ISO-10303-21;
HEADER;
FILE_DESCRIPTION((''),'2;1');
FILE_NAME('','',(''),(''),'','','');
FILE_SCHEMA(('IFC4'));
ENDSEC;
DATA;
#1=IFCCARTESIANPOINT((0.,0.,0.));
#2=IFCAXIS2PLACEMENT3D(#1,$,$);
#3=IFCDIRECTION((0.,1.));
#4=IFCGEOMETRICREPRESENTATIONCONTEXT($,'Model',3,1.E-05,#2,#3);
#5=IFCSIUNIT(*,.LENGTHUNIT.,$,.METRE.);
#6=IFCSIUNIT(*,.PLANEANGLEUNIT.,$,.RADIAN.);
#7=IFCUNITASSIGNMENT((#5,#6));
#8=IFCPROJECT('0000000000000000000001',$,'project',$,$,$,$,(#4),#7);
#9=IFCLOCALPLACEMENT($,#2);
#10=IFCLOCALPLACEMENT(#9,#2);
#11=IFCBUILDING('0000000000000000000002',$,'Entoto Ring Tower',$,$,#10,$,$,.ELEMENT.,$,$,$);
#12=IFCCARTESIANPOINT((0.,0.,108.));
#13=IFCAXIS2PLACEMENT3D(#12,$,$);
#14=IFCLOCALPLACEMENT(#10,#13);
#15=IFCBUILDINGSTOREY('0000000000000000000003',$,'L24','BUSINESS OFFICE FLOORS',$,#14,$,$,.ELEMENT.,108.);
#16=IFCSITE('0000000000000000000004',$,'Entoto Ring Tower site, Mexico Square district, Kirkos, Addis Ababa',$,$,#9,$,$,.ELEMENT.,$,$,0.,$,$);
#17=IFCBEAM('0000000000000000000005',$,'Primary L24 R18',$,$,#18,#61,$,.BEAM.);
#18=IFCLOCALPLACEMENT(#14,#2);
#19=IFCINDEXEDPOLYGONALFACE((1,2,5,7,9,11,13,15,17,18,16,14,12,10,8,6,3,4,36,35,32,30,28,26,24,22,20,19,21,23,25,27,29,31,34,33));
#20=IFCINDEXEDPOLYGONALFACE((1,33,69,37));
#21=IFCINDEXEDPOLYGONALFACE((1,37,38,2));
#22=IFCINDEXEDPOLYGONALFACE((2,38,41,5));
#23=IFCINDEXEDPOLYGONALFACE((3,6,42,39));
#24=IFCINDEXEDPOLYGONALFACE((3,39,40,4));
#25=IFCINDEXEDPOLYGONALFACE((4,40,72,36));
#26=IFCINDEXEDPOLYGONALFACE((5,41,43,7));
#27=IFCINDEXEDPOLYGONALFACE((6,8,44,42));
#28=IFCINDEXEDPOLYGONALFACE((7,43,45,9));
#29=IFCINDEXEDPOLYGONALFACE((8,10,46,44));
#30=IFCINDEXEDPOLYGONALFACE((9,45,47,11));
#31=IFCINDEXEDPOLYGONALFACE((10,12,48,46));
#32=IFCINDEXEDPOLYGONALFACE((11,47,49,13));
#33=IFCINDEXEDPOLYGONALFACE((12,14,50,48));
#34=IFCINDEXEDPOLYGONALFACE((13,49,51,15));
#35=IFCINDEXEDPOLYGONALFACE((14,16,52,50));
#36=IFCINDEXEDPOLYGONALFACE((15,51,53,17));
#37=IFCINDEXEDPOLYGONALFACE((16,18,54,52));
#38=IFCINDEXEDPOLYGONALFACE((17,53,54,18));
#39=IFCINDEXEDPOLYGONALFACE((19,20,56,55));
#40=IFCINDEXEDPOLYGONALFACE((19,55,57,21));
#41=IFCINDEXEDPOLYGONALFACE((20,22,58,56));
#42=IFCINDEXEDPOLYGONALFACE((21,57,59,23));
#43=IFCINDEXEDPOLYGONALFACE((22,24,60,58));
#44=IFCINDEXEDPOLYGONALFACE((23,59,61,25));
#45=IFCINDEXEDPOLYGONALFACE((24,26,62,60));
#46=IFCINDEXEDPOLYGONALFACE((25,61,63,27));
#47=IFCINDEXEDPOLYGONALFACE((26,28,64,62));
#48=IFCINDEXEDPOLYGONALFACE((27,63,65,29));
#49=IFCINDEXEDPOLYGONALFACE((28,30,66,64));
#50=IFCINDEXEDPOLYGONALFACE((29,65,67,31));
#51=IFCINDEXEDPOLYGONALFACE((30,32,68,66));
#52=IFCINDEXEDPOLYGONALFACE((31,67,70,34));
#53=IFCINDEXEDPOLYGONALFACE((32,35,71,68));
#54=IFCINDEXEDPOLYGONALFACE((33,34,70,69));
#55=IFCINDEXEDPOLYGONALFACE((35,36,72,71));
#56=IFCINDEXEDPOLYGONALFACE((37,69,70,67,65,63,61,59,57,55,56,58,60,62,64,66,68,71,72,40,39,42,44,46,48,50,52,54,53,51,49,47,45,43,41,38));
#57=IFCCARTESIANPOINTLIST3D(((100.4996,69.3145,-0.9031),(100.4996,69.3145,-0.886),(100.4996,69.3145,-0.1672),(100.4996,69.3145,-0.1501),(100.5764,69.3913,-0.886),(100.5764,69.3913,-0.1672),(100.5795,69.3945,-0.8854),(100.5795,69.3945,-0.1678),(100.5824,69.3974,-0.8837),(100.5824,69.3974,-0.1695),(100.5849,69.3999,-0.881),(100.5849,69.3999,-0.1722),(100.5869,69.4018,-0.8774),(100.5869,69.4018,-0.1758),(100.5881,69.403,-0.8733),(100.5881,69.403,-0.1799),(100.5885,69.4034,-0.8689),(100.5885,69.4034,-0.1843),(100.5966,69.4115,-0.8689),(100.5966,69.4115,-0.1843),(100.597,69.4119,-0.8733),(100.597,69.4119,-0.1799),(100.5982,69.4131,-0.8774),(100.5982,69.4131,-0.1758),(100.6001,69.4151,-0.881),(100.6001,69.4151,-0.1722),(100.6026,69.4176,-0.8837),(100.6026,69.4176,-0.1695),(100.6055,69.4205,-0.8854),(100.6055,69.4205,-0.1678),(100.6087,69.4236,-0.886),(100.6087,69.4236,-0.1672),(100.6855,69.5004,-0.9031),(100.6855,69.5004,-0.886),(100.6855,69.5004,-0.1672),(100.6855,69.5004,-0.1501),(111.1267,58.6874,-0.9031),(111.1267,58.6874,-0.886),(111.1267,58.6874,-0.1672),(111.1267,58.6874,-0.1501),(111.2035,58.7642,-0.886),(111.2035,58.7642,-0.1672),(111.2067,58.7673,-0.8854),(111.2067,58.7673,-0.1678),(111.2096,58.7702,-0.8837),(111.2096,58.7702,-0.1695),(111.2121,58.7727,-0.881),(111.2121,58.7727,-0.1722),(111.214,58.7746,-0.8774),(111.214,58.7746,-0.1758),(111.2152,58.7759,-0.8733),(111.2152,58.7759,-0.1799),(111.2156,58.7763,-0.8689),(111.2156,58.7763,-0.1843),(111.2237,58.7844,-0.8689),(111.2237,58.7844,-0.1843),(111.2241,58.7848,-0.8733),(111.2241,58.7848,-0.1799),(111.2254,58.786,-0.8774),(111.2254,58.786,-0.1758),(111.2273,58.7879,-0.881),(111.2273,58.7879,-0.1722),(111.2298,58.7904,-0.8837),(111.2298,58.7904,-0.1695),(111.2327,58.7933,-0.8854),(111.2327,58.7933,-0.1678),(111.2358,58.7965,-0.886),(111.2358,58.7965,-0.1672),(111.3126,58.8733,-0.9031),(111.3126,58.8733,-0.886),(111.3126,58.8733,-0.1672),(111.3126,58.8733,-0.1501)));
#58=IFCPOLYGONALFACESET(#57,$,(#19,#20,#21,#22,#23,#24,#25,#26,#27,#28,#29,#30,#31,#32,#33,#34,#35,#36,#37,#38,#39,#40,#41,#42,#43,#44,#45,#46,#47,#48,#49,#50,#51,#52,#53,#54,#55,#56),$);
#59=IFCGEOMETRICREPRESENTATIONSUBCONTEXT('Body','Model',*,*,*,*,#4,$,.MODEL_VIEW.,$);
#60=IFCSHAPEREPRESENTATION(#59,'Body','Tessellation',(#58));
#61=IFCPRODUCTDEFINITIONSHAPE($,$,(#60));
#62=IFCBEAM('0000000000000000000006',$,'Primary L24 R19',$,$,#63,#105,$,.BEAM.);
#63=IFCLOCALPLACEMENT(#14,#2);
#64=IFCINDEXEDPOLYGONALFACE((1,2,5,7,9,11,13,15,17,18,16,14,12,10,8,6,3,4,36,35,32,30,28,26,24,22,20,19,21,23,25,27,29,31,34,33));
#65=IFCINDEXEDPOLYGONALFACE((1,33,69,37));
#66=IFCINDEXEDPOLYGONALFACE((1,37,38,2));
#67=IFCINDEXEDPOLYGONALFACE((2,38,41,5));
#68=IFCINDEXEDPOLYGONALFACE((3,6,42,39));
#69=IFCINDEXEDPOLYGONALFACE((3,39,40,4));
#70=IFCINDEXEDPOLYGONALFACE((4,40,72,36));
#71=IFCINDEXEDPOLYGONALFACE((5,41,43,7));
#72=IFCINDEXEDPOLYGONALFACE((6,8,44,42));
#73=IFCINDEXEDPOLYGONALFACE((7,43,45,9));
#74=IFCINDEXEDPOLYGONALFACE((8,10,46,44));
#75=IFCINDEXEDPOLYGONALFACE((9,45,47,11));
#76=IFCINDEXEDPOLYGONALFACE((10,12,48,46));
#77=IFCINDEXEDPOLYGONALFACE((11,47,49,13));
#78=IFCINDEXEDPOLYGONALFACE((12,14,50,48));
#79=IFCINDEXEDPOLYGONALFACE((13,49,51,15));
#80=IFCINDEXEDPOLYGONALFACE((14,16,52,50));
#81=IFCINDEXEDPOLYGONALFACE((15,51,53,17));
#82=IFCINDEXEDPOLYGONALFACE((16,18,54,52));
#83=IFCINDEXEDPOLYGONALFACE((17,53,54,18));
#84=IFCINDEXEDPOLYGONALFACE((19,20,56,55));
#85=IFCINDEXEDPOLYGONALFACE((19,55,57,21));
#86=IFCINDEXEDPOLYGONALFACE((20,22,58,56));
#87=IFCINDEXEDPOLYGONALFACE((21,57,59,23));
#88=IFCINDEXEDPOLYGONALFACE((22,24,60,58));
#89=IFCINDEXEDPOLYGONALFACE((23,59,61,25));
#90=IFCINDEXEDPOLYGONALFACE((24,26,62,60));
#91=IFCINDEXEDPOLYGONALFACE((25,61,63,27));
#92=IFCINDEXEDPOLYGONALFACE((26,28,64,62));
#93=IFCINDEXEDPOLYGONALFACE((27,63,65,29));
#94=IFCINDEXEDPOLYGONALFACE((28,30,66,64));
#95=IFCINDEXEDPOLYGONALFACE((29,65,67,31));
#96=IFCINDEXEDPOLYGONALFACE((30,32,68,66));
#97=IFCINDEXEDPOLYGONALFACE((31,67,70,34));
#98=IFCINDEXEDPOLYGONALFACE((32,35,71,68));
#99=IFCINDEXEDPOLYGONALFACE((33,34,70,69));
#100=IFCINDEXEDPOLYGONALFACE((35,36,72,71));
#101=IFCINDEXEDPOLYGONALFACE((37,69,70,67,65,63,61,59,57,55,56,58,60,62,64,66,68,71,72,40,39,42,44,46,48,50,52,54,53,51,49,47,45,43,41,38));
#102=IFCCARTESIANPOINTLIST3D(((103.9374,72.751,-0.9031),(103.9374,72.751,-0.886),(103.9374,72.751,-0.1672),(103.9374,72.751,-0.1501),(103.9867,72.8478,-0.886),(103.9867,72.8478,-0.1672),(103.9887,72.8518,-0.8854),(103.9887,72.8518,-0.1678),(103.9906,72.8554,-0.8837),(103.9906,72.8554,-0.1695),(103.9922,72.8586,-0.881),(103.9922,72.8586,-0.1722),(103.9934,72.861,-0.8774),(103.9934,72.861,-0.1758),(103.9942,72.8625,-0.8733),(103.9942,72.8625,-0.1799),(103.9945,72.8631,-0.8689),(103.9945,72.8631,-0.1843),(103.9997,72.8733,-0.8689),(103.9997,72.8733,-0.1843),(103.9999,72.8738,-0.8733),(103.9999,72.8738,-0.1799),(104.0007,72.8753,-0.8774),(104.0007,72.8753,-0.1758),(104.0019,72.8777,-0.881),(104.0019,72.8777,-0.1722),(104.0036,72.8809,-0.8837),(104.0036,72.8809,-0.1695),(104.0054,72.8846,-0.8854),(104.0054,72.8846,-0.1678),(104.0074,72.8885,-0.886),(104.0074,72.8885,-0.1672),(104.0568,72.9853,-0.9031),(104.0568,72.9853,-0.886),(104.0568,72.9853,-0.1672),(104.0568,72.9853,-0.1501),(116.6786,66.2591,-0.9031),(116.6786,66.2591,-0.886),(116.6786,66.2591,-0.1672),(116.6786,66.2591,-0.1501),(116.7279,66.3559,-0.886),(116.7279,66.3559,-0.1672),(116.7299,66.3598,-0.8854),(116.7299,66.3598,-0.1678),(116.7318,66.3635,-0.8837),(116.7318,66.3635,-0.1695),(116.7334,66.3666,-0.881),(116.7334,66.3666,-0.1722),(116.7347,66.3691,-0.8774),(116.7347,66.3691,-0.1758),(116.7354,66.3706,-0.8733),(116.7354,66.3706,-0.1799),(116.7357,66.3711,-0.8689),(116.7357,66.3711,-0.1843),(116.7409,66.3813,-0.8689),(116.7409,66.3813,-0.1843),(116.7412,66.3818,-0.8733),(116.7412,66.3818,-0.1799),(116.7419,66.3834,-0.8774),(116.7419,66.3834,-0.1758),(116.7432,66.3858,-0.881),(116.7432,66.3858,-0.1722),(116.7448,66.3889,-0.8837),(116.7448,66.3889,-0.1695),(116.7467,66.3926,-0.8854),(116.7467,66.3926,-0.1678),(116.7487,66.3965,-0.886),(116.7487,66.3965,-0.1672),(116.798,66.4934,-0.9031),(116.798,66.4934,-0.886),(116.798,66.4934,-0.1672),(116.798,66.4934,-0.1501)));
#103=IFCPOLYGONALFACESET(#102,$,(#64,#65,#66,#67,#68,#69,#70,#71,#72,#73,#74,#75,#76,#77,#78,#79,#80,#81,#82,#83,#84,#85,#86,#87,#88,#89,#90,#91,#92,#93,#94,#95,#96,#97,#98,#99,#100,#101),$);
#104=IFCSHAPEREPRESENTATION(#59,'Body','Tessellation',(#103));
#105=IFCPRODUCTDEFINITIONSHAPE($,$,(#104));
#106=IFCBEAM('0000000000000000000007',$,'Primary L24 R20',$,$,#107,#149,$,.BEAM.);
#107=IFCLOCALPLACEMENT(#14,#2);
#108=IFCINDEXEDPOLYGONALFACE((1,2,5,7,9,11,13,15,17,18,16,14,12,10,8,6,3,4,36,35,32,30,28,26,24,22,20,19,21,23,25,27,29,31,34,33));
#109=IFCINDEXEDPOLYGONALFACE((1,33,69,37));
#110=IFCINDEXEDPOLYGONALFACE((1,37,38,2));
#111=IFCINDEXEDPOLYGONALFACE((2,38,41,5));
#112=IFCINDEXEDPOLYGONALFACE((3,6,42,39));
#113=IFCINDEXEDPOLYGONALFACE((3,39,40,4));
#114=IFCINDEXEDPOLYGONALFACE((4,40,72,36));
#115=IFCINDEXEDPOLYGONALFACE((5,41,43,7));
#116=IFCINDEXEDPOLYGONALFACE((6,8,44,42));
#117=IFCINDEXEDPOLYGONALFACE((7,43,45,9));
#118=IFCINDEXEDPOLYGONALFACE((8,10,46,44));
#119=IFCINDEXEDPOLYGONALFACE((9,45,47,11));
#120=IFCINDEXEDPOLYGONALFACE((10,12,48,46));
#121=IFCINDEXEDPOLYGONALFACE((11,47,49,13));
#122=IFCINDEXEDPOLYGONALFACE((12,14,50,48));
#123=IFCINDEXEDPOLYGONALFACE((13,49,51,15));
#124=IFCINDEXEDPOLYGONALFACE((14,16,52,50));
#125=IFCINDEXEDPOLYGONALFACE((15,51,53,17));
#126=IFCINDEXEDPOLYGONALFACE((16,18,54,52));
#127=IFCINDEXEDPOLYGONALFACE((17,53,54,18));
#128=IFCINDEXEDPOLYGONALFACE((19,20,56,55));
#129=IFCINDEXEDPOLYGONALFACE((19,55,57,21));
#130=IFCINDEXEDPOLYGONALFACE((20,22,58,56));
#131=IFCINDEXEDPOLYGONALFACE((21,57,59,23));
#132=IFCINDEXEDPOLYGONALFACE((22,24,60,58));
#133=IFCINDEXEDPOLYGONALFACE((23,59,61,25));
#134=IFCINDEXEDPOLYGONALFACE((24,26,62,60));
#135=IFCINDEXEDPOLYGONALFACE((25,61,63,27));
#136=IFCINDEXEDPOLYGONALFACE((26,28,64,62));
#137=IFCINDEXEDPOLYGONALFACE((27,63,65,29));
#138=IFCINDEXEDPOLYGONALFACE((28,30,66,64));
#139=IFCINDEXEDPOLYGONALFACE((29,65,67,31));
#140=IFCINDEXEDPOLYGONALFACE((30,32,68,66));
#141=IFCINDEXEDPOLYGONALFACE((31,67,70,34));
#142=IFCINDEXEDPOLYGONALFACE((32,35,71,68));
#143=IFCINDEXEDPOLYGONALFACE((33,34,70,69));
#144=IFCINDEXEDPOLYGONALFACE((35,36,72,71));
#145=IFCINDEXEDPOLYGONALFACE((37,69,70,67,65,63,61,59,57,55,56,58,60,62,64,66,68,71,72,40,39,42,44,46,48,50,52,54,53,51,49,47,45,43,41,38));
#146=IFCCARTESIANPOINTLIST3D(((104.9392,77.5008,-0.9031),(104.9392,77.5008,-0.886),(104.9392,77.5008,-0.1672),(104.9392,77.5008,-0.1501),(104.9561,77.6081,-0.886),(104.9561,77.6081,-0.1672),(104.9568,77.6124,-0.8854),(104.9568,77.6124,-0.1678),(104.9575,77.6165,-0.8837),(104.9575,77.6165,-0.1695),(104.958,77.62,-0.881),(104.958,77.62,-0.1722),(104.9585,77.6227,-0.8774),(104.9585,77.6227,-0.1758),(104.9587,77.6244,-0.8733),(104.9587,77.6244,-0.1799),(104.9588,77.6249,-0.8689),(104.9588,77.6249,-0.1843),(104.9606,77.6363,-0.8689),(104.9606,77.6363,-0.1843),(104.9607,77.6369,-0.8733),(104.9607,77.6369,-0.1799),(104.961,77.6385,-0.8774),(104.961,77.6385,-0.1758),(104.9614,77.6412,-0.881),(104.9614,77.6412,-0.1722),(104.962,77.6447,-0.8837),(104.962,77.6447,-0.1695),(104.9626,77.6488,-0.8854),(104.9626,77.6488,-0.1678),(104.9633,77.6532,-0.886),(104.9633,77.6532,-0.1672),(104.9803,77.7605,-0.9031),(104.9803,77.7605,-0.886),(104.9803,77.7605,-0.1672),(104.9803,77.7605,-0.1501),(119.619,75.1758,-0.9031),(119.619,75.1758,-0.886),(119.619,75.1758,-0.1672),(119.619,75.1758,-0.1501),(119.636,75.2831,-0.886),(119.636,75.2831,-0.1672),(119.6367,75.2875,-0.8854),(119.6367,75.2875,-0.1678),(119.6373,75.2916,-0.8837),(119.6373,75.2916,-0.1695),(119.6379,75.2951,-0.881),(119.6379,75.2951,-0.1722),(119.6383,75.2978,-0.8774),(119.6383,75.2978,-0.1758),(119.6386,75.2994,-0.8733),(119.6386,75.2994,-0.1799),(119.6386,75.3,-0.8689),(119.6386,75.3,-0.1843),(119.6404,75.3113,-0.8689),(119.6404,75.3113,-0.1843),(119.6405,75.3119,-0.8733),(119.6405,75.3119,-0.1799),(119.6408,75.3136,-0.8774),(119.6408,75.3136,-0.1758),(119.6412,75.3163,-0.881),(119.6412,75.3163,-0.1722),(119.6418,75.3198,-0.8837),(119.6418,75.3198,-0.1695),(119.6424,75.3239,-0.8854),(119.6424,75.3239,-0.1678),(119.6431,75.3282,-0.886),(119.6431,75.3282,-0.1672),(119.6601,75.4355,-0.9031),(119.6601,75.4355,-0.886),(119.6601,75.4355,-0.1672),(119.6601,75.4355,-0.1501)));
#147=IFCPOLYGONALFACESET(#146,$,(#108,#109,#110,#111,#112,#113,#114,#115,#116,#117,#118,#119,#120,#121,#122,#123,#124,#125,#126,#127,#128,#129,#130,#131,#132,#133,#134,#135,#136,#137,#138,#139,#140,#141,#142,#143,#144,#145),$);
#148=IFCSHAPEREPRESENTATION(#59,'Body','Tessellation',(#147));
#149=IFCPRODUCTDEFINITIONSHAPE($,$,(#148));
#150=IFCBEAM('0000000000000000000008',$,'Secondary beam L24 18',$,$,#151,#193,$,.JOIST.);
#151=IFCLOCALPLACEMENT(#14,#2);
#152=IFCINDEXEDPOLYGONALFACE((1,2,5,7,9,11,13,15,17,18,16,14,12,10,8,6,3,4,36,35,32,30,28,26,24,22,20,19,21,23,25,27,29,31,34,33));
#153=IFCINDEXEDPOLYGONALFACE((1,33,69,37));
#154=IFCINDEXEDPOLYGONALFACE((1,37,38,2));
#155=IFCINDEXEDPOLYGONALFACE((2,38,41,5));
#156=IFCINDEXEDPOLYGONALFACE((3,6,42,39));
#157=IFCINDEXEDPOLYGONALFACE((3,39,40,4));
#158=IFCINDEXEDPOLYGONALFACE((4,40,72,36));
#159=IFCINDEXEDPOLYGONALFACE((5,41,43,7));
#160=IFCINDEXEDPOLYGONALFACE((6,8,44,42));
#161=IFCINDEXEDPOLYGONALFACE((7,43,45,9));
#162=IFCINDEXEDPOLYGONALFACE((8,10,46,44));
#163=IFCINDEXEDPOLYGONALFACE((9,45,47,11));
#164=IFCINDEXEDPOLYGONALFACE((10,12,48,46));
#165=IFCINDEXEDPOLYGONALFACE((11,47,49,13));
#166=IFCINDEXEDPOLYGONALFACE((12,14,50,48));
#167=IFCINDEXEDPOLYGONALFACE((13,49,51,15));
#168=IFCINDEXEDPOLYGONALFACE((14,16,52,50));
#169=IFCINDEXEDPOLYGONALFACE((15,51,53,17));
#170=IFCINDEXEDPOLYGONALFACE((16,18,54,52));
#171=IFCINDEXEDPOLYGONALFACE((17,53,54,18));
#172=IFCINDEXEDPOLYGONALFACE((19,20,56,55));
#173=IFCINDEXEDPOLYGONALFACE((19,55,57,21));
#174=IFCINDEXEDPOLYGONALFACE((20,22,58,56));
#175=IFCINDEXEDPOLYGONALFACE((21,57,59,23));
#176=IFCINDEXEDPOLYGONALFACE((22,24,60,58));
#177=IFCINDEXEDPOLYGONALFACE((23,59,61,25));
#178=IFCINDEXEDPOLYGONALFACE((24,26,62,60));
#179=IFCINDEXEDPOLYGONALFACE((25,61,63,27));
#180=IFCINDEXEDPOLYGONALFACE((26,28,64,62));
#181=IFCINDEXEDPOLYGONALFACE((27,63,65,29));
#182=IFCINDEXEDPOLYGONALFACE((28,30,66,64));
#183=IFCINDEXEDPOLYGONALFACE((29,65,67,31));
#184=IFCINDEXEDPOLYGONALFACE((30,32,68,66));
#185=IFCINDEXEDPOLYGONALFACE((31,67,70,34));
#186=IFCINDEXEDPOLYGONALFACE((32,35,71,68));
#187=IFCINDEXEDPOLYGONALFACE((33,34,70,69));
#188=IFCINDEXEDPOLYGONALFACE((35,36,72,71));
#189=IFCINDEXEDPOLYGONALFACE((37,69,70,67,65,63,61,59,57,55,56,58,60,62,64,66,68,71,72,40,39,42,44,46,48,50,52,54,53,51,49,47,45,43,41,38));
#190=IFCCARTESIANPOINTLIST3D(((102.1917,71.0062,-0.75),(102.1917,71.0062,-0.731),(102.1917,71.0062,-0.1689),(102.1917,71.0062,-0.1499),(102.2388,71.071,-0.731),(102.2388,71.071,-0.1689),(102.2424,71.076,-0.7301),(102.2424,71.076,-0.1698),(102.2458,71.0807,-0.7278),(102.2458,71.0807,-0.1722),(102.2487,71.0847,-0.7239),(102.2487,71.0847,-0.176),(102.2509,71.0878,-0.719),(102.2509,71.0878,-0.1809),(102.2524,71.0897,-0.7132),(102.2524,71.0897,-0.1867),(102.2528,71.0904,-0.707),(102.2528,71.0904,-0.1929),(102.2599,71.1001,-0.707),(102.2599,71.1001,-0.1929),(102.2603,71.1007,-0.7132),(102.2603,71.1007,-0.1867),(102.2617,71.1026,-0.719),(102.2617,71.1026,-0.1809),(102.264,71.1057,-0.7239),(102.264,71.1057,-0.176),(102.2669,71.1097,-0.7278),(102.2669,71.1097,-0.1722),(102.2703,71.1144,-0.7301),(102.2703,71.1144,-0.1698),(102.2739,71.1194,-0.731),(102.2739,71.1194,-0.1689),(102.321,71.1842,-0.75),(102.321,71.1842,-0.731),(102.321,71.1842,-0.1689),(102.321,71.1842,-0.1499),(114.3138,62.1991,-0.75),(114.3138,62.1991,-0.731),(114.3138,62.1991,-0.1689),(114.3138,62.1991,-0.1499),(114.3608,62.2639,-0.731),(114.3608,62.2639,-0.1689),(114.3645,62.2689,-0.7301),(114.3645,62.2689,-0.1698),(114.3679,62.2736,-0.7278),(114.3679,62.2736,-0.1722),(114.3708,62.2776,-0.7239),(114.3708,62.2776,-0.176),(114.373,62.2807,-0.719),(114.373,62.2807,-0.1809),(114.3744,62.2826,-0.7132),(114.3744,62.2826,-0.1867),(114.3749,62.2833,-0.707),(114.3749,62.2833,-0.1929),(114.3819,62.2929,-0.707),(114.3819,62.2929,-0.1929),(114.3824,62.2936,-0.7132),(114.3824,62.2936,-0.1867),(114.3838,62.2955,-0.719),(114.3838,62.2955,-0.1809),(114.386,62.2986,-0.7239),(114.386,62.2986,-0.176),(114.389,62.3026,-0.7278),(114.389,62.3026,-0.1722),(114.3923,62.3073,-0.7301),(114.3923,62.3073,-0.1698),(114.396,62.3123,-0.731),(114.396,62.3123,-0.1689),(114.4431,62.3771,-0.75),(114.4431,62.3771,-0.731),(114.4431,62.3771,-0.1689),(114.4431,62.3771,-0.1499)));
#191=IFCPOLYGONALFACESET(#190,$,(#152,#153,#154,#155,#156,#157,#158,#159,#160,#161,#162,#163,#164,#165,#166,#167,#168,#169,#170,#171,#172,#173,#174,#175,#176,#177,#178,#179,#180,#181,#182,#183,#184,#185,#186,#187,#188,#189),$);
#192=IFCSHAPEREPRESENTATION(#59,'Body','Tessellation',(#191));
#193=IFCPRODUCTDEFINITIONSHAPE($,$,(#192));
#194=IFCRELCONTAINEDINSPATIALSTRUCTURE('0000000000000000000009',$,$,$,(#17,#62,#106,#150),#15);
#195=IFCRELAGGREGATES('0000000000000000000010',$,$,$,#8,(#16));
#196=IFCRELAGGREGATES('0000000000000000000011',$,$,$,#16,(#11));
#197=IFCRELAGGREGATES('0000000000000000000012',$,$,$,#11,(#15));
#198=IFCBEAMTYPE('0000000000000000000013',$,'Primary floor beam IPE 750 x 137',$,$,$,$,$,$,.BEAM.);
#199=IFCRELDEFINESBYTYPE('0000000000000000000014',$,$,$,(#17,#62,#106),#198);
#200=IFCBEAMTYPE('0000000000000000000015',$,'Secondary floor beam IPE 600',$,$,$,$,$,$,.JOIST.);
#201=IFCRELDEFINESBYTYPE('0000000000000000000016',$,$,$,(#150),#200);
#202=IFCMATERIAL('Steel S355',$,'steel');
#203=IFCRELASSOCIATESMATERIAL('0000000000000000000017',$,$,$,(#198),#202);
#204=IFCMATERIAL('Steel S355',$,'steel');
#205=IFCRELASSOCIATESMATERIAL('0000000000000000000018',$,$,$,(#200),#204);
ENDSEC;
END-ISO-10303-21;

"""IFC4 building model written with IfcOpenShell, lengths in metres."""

from ifc_helpers import new_model, si_unit, direction, frame, origin, origin_2d, place, context, subcontext, project, spatial, i_section, extrude, material, material_profile, profile_set, type_object, element, save


model = new_model("IFC4")

# Units and contexts
model_context = context("Model", 3, precision=1e-05, world=origin(), true_north=direction((0.0, 1.0)))
body_context = subcontext(model_context, "Body", "Model", "MODEL_VIEW")
ifc_project = project(units=[si_unit("LENGTHUNIT", "METRE"), si_unit("PLANEANGLEUNIT", "RADIAN")], contexts=[model_context])

# Site, building, storey
site_placement = place(None, origin())
site = spatial("IfcSite", under=ifc_project, at=site_placement, Name="Entoto Ring Tower site, Mexico Square district, Kirkos, Addis Ababa", CompositionType="ELEMENT", RefElevation=0.0)
building_placement = place(site_placement, origin())
building = spatial("IfcBuilding", under=site, at=building_placement, Name="Entoto Ring Tower", CompositionType="ELEMENT")
storey_placement = place(building_placement, frame((0.0, 0.0, 108.0)))
storey = spatial("IfcBuildingStorey", under=building, at=storey_placement, Name="L24", Description="BUSINESS OFFICE FLOORS", CompositionType="ELEMENT", Elevation=108.0)

# Beams
ifc_material_1 = material(Name="Steel S355", Category="steel")
ifc_material_profile_1 = material_profile(ifc_material_1, i_section(OverallWidth=0.2629, OverallDepth=0.7529, WebThickness=0.0115, FlangeThickness=0.0171, FilletRadius=0.0171, at=origin_2d()), Name="IPE 750 x 137")
ifc_profile_set_1 = profile_set([ifc_material_profile_1], Name="Steel S355")
beam_type_1 = type_object("IfcBeamType", Name="Primary floor beam IPE 750 x 137", PredefinedType="BEAM", material=ifc_profile_set_1)
beam_1_placement = place(storey_placement, frame((100.5925, 69.4075, -0.5266), z_axis=(0.707107, -0.707107, 0.0), x_axis=(0.707107, 0.707107, 0.0)))
element("IfcBeam", 1, at=beam_1_placement, inside=storey, type_object=beam_type_1, Name="Primary L24 R18", PredefinedType="BEAM", context=body_context, shape_type="SweptSolid", body=[
    extrude(i_section(OverallWidth=0.2629, OverallDepth=0.7529, WebThickness=0.0115, FlangeThickness=0.0171, FilletRadius=0.0171, at=origin_2d()), origin(), (0.0, 0.0, 1.0), 15.0291),
])
beam_2_placement = place(storey_placement, frame((103.9971, 72.8682, -0.5266), z_axis=(0.891007, -0.453989, 0.0), x_axis=(0.453989, 0.891007, 0.0)))
element("IfcBeam", 2, at=beam_2_placement, inside=storey, type_object=beam_type_1, Name="Primary L24 R19", PredefinedType="BEAM", context=body_context, shape_type="SweptSolid", body=[
    extrude(i_section(OverallWidth=0.2629, OverallDepth=0.7529, WebThickness=0.0115, FlangeThickness=0.0171, FilletRadius=0.0171, at=origin_2d()), origin(), (0.0, 0.0, 1.0), 14.2998),
])
beam_3_placement = place(storey_placement, frame((104.9597, 77.6306, -0.5266), z_axis=(0.98769, -0.156426, 0.0), x_axis=(0.156426, 0.98769, 0.0)))
element("IfcBeam", 3, at=beam_3_placement, inside=storey, type_object=beam_type_1, Name="Primary L24 R20", PredefinedType="BEAM", context=body_context, shape_type="SweptSolid", body=[
    extrude(i_section(OverallWidth=0.2629, OverallDepth=0.7529, WebThickness=0.0115, FlangeThickness=0.0171, FilletRadius=0.0171, at=origin_2d()), origin(), (0.0, 0.0, 1.0), 14.8628),
])
ifc_material_2 = material(Name="Steel S355", Category="steel")
ifc_material_profile_2 = material_profile(ifc_material_2, i_section(OverallWidth=0.22, OverallDepth=0.6001, WebThickness=0.012, FlangeThickness=0.019, FilletRadius=0.0239, at=origin_2d()), Name="IPE 600")
ifc_profile_set_2 = profile_set([ifc_material_profile_2], Name="Steel S355")
beam_type_2 = type_object("IfcBeamType", Name="Secondary floor beam IPE 600", PredefinedType="JOIST", material=ifc_profile_set_2)
beam_4_placement = place(storey_placement, frame((102.2563, 71.0952, -0.45), z_axis=(0.809019, -0.587782, 0.0), x_axis=(0.587782, 0.809019, 0.0)))
element("IfcBeam", 4, at=beam_4_placement, inside=storey, type_object=beam_type_2, Name="Secondary beam L24 18", PredefinedType="JOIST", context=body_context, shape_type="SweptSolid", body=[
    extrude(i_section(OverallWidth=0.22, OverallDepth=0.6001, WebThickness=0.012, FlangeThickness=0.019, FilletRadius=0.0239, at=origin_2d()), origin(), (0.0, 0.0, 1.0), 14.9836),
])

save(model, "model.ifc")
